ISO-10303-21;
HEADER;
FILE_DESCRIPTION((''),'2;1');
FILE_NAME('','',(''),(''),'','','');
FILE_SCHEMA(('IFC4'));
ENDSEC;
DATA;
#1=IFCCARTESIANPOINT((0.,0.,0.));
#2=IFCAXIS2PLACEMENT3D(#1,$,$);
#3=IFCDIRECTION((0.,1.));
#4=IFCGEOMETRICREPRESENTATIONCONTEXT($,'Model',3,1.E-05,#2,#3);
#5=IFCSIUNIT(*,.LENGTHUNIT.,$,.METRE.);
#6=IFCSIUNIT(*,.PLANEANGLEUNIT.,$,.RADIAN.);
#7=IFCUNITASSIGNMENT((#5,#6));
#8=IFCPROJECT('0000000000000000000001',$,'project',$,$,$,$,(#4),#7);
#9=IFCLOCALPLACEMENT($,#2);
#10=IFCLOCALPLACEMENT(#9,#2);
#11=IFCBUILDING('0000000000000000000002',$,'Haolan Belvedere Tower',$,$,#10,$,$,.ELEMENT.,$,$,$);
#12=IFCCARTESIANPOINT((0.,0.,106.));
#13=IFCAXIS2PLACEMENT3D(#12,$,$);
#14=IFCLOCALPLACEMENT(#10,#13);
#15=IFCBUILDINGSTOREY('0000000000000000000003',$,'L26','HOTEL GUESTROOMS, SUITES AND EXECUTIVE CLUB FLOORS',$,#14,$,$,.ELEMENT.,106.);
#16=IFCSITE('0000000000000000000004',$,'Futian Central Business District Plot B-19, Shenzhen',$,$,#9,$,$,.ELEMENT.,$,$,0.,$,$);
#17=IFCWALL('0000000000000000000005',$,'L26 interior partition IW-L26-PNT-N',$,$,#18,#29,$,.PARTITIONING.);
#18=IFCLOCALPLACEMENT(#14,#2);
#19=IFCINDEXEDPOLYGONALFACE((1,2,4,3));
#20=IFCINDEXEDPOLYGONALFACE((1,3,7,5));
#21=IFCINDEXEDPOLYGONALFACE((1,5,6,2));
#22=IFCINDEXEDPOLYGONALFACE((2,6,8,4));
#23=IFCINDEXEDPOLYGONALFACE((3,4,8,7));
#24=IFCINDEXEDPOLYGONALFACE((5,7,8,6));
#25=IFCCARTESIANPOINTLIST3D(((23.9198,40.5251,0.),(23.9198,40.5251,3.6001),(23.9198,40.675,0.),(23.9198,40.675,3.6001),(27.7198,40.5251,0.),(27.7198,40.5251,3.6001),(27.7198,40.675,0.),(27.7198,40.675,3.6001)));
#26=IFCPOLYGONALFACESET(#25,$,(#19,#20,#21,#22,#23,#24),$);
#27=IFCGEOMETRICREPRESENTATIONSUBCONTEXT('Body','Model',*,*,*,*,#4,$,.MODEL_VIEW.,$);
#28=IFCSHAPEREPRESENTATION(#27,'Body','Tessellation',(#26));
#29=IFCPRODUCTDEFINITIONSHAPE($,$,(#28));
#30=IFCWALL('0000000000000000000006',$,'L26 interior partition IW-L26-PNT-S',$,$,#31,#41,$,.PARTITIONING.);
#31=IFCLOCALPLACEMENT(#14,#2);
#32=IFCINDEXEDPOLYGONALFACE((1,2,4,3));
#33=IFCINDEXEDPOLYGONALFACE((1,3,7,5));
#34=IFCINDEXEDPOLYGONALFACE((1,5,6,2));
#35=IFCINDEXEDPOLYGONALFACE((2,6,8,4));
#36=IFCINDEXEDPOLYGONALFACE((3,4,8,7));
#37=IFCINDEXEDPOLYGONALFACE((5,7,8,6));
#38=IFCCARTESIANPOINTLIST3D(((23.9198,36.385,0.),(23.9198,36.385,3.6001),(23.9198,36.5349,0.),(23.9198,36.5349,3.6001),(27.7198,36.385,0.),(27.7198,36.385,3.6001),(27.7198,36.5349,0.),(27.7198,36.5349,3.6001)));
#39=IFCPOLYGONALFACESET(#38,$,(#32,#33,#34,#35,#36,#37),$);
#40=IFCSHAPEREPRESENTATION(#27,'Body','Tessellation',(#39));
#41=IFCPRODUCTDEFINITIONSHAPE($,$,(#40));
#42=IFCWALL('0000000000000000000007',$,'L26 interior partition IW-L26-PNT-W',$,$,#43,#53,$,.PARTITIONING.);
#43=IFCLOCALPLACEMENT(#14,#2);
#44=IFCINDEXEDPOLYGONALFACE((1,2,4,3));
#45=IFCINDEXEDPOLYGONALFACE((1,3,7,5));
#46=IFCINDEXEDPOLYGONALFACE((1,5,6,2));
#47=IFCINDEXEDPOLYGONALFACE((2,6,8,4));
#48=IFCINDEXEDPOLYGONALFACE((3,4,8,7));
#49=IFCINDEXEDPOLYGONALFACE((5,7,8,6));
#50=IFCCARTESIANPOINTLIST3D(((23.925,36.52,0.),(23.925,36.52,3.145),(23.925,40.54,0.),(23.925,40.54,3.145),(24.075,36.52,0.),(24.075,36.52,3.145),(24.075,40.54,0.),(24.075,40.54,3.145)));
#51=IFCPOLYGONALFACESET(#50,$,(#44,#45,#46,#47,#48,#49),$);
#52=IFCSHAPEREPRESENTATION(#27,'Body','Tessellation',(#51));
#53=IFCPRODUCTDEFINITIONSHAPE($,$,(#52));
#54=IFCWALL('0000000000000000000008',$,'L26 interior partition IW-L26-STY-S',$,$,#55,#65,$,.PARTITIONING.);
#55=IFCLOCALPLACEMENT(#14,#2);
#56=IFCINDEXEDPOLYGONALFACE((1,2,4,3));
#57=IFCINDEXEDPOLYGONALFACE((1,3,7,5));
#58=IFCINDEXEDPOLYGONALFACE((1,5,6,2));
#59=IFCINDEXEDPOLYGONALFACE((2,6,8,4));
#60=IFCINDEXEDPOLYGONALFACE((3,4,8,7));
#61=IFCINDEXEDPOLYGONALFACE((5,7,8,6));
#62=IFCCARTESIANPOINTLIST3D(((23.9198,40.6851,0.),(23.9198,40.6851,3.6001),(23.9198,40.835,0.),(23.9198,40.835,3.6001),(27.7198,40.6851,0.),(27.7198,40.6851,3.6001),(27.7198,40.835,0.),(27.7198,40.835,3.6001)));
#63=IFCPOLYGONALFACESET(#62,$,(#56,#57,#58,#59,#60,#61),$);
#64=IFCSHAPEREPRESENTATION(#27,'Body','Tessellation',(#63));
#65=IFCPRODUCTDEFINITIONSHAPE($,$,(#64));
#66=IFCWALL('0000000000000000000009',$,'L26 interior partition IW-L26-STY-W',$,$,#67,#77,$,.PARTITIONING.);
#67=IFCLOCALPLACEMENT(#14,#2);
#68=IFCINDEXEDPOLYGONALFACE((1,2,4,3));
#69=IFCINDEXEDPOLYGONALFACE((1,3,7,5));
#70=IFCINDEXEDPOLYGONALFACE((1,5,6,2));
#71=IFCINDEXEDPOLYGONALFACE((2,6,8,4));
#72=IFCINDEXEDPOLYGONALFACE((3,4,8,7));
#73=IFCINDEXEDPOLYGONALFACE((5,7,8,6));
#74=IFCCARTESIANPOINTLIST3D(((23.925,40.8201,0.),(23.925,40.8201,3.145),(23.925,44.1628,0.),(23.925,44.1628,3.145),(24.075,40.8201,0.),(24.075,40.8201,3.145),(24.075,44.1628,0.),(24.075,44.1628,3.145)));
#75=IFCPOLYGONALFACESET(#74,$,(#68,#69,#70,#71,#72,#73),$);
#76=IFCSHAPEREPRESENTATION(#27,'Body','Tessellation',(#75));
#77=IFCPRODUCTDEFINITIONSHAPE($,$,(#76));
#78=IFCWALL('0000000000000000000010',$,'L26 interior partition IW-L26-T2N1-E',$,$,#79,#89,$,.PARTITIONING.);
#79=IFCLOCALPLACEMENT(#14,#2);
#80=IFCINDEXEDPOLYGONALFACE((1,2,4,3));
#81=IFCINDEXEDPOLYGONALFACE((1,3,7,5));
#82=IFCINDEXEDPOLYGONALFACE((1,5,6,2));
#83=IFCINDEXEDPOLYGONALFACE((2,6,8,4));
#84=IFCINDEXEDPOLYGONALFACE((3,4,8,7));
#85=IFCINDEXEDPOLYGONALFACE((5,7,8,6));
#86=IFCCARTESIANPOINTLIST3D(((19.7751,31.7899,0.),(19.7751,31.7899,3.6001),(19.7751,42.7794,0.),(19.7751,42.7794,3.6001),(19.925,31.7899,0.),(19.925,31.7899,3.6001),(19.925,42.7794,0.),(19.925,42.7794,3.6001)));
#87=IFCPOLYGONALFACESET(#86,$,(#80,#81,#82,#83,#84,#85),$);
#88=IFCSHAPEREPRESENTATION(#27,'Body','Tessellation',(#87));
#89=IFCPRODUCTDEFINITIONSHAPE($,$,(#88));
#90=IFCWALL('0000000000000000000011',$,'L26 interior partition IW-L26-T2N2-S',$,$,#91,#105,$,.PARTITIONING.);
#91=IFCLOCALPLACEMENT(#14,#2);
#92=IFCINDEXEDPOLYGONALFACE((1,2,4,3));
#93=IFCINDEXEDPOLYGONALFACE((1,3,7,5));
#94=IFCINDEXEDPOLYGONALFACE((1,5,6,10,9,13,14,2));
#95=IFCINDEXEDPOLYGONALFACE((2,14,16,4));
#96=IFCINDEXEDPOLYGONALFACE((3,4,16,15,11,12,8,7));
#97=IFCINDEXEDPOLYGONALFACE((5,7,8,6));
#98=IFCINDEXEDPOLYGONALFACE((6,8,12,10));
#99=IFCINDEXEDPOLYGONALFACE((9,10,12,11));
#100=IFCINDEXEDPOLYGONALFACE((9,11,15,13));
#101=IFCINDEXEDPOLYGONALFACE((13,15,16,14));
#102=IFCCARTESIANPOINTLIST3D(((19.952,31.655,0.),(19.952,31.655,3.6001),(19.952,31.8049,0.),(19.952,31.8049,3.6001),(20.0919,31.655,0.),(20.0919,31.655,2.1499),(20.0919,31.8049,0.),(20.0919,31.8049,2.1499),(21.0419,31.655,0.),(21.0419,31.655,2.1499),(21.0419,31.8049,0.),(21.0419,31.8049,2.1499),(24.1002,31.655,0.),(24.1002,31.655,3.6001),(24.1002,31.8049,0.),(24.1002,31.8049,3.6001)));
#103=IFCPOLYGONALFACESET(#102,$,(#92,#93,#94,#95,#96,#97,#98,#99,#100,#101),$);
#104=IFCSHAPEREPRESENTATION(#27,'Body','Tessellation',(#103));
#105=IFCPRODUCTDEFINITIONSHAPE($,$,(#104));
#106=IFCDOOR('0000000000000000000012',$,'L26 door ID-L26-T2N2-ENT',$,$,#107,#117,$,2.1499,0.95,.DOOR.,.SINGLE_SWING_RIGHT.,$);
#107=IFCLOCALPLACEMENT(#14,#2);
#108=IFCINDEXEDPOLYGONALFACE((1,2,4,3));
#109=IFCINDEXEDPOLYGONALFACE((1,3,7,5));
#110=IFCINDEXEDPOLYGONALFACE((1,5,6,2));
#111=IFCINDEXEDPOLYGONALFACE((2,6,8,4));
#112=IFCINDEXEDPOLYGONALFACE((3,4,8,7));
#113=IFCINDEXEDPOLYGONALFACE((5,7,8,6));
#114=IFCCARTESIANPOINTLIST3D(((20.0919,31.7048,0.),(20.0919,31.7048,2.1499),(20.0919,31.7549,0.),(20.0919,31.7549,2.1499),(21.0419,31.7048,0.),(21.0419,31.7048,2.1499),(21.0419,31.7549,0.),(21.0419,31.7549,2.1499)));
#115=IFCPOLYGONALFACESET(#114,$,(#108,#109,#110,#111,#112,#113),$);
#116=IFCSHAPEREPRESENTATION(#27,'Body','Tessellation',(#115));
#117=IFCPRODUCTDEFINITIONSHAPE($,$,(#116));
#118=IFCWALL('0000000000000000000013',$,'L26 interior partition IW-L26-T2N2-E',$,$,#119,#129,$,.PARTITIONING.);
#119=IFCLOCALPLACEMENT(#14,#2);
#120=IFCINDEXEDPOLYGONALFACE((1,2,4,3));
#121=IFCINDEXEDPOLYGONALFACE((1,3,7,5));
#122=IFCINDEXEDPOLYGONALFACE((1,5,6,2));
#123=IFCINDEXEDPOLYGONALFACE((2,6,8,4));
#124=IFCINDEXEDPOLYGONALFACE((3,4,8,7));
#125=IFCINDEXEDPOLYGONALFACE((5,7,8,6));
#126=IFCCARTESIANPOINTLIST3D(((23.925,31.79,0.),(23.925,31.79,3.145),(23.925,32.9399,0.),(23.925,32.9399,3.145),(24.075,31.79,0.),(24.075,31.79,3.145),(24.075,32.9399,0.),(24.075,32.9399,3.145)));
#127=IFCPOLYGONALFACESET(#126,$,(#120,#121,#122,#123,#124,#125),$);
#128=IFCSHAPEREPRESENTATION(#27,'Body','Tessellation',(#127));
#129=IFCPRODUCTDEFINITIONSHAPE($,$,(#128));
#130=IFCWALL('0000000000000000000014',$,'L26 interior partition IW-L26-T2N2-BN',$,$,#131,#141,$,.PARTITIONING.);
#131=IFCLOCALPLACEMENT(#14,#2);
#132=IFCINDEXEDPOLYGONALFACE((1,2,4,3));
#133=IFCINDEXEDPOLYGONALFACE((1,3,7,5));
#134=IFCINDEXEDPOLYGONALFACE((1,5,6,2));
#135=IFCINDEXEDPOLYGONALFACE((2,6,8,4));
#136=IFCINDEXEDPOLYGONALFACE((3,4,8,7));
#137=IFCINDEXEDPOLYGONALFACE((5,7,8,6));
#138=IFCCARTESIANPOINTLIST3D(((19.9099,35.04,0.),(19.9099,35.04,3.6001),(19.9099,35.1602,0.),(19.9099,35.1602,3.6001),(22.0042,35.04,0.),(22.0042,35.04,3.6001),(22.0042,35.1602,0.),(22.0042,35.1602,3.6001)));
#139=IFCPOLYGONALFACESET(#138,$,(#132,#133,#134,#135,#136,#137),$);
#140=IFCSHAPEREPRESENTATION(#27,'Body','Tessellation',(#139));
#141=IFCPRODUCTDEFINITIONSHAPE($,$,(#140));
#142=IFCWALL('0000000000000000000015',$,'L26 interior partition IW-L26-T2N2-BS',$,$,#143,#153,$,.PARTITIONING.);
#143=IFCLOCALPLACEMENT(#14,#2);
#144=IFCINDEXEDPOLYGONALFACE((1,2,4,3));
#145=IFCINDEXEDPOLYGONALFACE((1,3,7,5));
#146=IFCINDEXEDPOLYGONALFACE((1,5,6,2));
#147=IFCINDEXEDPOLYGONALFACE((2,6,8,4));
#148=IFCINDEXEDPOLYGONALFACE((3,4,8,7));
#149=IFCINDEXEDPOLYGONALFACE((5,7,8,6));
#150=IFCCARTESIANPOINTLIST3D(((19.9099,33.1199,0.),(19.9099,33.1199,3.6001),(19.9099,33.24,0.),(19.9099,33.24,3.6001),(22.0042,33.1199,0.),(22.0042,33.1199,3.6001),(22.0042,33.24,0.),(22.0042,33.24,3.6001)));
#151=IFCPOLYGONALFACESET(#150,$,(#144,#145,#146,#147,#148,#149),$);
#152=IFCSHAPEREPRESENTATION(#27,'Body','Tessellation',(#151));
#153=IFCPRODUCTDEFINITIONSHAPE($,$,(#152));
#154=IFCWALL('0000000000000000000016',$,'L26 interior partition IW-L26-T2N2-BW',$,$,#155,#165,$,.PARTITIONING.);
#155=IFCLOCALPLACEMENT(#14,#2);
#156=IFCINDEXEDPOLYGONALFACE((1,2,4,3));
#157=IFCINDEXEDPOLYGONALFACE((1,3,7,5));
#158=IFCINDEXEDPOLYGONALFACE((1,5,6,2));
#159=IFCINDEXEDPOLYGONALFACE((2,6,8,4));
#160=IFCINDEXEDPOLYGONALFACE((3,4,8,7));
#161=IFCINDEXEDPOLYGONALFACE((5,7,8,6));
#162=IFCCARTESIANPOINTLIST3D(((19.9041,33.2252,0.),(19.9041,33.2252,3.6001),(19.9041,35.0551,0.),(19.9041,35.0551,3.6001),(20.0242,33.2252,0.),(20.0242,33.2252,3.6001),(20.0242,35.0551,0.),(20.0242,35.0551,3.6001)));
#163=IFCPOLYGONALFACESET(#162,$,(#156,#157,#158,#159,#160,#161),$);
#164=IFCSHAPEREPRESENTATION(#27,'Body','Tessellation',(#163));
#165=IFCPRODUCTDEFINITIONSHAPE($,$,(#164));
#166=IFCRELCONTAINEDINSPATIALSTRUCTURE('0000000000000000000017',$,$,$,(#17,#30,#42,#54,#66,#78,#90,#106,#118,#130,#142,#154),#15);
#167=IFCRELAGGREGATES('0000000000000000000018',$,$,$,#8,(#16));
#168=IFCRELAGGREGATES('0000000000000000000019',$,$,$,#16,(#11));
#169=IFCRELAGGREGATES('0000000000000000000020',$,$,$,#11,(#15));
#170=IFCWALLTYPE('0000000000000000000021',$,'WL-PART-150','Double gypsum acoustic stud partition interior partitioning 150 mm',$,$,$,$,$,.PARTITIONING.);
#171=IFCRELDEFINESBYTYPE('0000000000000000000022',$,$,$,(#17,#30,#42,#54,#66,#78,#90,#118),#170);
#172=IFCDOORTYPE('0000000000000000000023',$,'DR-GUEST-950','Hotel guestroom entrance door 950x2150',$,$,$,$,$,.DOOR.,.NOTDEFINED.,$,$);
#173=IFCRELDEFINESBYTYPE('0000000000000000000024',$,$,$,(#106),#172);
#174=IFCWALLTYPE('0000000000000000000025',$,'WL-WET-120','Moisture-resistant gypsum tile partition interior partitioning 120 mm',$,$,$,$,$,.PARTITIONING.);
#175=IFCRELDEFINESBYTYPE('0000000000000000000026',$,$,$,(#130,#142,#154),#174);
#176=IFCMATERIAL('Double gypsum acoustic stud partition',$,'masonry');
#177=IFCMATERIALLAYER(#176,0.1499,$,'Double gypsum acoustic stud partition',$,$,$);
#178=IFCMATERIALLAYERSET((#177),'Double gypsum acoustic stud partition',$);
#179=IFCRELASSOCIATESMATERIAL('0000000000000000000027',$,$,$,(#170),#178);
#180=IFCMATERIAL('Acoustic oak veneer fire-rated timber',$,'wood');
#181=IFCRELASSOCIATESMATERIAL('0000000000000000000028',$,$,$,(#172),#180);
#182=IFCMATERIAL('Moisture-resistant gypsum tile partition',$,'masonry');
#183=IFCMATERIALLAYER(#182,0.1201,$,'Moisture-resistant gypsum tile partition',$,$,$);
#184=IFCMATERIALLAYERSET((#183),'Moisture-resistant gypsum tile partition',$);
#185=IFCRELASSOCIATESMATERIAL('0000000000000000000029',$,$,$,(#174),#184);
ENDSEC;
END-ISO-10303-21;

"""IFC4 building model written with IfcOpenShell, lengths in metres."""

from ifc_helpers import new_model, si_unit, direction, frame, frame_2d, origin, place, context, subcontext, project, spatial, rectangle, extrude, material, layer, layer_set, type_object, element, fill, save


model = new_model("IFC4")

# Units and contexts
model_context = context("Model", 3, precision=1e-05, world=origin(), true_north=direction((0.0, 1.0)))
body_context = subcontext(model_context, "Body", "Model", "MODEL_VIEW")
ifc_project = project(units=[si_unit("LENGTHUNIT", "METRE"), si_unit("PLANEANGLEUNIT", "RADIAN")], contexts=[model_context])

# Site, building, storey
site_placement = place(None, origin())
site = spatial("IfcSite", under=ifc_project, at=site_placement, Name="Futian Central Business District Plot B-19, Shenzhen", CompositionType="ELEMENT", RefElevation=0.0)
building_placement = place(site_placement, origin())
building = spatial("IfcBuilding", under=site, at=building_placement, Name="Haolan Belvedere Tower", CompositionType="ELEMENT")
storey_placement = place(building_placement, frame((0.0, 0.0, 106.0)))
storey = spatial("IfcBuildingStorey", under=building, at=storey_placement, Name="L26", Description="HOTEL GUESTROOMS, SUITES AND EXECUTIVE CLUB FLOORS", CompositionType="ELEMENT", Elevation=106.0)

# Walls
ifc_material_1 = material(Name="Double gypsum acoustic stud partition", Category="masonry")
ifc_layer_1 = layer(ifc_material_1, 0.1499, Name="Double gypsum acoustic stud partition")
ifc_layer_set_1 = layer_set([ifc_layer_1], Name="Double gypsum acoustic stud partition")
wall_type_1 = type_object("IfcWallType", Name="WL-PART-150", Description="Double gypsum acoustic stud partition interior partitioning 150 mm", PredefinedType="PARTITIONING", material=ifc_layer_set_1)
for number, where, z_axis, x_axis, name in (
    (1, (23.9199, 40.6001, 0.0), (0.0, 0.0, 1.0), (1.0, 0.0, 0.0), "L26 interior partition IW-L26-PNT-N"),
    (2, (23.9199, 36.46, 0.0), (0.0, 0.0, 1.0), (1.0, 0.0, 0.0), "L26 interior partition IW-L26-PNT-S"),
):
    element("IfcWall", number, at=place(storey_placement, frame(where, z_axis=z_axis, x_axis=x_axis)), inside=storey, type_object=wall_type_1, Name=name, PredefinedType="PARTITIONING", context=body_context, shape_type="SweptSolid", body=[
        extrude(rectangle(XDim=3.8, YDim=0.1499, at=frame_2d((1.8999, 0.0))), origin(), (0.0, 0.0, 1.0), 3.6001),
    ])
wall_1_placement = place(storey_placement, frame((24.0, 36.52, 0.0), z_axis=(0.0, 0.0, 1.0), x_axis=(0.0, 1.0, 0.0)))
element("IfcWall", 3, at=wall_1_placement, inside=storey, type_object=wall_type_1, Name="L26 interior partition IW-L26-PNT-W", PredefinedType="PARTITIONING", context=body_context, shape_type="SweptSolid", body=[
    extrude(rectangle(XDim=4.02, YDim=0.1499, at=frame_2d((2.01, 0.0))), origin(), (0.0, 0.0, 1.0), 3.145),
])
wall_2_placement = place(storey_placement, frame((23.9199, 40.76, 0.0), z_axis=(0.0, 0.0, 1.0), x_axis=(1.0, 0.0, 0.0)))
element("IfcWall", 4, at=wall_2_placement, inside=storey, type_object=wall_type_1, Name="L26 interior partition IW-L26-STY-S", PredefinedType="PARTITIONING", context=body_context, shape_type="SweptSolid", body=[
    extrude(rectangle(XDim=3.8, YDim=0.1499, at=frame_2d((1.8999, 0.0))), origin(), (0.0, 0.0, 1.0), 3.6001),
])
wall_3_placement = place(storey_placement, frame((24.0, 40.8201, 0.0), z_axis=(0.0, 0.0, 1.0), x_axis=(0.0, 1.0, 0.0)))
element("IfcWall", 5, at=wall_3_placement, inside=storey, type_object=wall_type_1, Name="L26 interior partition IW-L26-STY-W", PredefinedType="PARTITIONING", context=body_context, shape_type="SweptSolid", body=[
    extrude(rectangle(XDim=3.3428, YDim=0.1499, at=frame_2d((1.6714, 0.0))), origin(), (0.0, 0.0, 1.0), 3.145),
])
wall_4_placement = place(storey_placement, frame((19.8501, 31.79, 0.0), z_axis=(0.0, 0.0, 1.0), x_axis=(0.0, 1.0, 0.0)))
element("IfcWall", 6, at=wall_4_placement, inside=storey, type_object=wall_type_1, Name="L26 interior partition IW-L26-T2N1-E", PredefinedType="PARTITIONING", context=body_context, shape_type="SweptSolid", body=[
    extrude(rectangle(XDim=10.9895, YDim=0.1499, at=frame_2d((5.4946, 0.0))), origin(), (0.0, 0.0, 1.0), 3.6001),
])

# Wall, opening, door
wall_5_placement = place(storey_placement, frame((19.9519, 31.73, 0.0), z_axis=(0.0, 0.0, 1.0), x_axis=(1.0, 0.0, 0.0)))
wall_5 = element("IfcWall", 7, at=wall_5_placement, inside=storey, type_object=wall_type_1, Name="L26 interior partition IW-L26-T2N2-S", PredefinedType="PARTITIONING", context=body_context, shape_type="SweptSolid", body=[
    extrude(rectangle(XDim=4.1482, YDim=0.1499, at=frame_2d((2.0742, 0.0))), origin(), (0.0, 0.0, 1.0), 3.6001),
])
opening_1_placement = place(wall_5_placement, frame((0.1399, 0.0, 0.0)))
opening_1 = element("IfcOpeningElement", 8, at=opening_1_placement, cuts=wall_5, PredefinedType="OPENING", context=body_context, shape_type="SweptSolid", body=[
    extrude(rectangle(XDim=0.95, YDim=2.1499, at=frame_2d((0.4751, 1.075))), frame((0.0, 0.085, 0.0), z_axis=(0.0, -1.0, 0.0), x_axis=(1.0, 0.0, 0.0)), (0.0, 0.0, 1.0), 0.1699),
])
ifc_material_2 = material(Name="Acoustic oak veneer fire-rated timber", Category="wood")
door_type_1 = type_object("IfcDoorType", Name="DR-GUEST-950", Description="Hotel guestroom entrance door 950x2150", OperationType="NOTDEFINED", PredefinedType="DOOR", material=ifc_material_2)
door_1_placement = place(opening_1_placement, origin())
door_1 = element("IfcDoor", 9, at=door_1_placement, inside=storey, type_object=door_type_1, Name="L26 door ID-L26-T2N2-ENT", OperationType="SINGLE_SWING_RIGHT", OverallHeight=2.1499, OverallWidth=0.95, PredefinedType="DOOR", context=body_context, shape_type="SweptSolid", body=[
    extrude(rectangle(XDim=0.95, YDim=2.1499, at=frame_2d((0.4751, 1.075))), frame((0.0, 0.0249, 0.0), z_axis=(0.0, -1.0, 0.0), x_axis=(1.0, 0.0, 0.0)), (0.0, 0.0, 1.0), 0.05),
])
fill(opening_1, door_1)

# Walls
wall_6_placement = place(storey_placement, frame((24.0, 31.79, 0.0), z_axis=(0.0, 0.0, 1.0), x_axis=(0.0, 1.0, 0.0)))
element("IfcWall", 10, at=wall_6_placement, inside=storey, type_object=wall_type_1, Name="L26 interior partition IW-L26-T2N2-E", PredefinedType="PARTITIONING", context=body_context, shape_type="SweptSolid", body=[
    extrude(rectangle(XDim=1.1499, YDim=0.1499, at=frame_2d((0.575, 0.0))), origin(), (0.0, 0.0, 1.0), 3.145),
])
ifc_material_3 = material(Name="Moisture-resistant gypsum tile partition", Category="masonry")
ifc_layer_2 = layer(ifc_material_3, 0.1201, Name="Moisture-resistant gypsum tile partition")
ifc_layer_set_2 = layer_set([ifc_layer_2], Name="Moisture-resistant gypsum tile partition")
wall_type_2 = type_object("IfcWallType", Name="WL-WET-120", Description="Moisture-resistant gypsum tile partition interior partitioning 120 mm", PredefinedType="PARTITIONING", material=ifc_layer_set_2)
for number, where, z_axis, x_axis, name in (
    (11, (19.9099, 35.1001, 0.0), (0.0, 0.0, 1.0), (1.0, 0.0, 0.0), "L26 interior partition IW-L26-T2N2-BN"),
    (12, (19.9099, 33.1799, 0.0), (0.0, 0.0, 1.0), (1.0, 0.0, 0.0), "L26 interior partition IW-L26-T2N2-BS"),
):
    element("IfcWall", number, at=place(storey_placement, frame(where, z_axis=z_axis, x_axis=x_axis)), inside=storey, type_object=wall_type_2, Name=name, PredefinedType="PARTITIONING", context=body_context, shape_type="SweptSolid", body=[
        extrude(rectangle(XDim=2.0942, YDim=0.1201, at=frame_2d((1.0471, 0.0))), origin(), (0.0, 0.0, 1.0), 3.6001),
    ])
wall_7_placement = place(storey_placement, frame((19.9641, 33.2251, 0.0), z_axis=(0.0, 0.0, 1.0), x_axis=(0.0, 1.0, 0.0)))
element("IfcWall", 13, at=wall_7_placement, inside=storey, type_object=wall_type_2, Name="L26 interior partition IW-L26-T2N2-BW", PredefinedType="PARTITIONING", context=body_context, shape_type="SweptSolid", body=[
    extrude(rectangle(XDim=1.8298, YDim=0.1201, at=frame_2d((0.915, 0.0))), origin(), (0.0, 0.0, 1.0), 3.6001),
])

save(model, "model.ifc")
